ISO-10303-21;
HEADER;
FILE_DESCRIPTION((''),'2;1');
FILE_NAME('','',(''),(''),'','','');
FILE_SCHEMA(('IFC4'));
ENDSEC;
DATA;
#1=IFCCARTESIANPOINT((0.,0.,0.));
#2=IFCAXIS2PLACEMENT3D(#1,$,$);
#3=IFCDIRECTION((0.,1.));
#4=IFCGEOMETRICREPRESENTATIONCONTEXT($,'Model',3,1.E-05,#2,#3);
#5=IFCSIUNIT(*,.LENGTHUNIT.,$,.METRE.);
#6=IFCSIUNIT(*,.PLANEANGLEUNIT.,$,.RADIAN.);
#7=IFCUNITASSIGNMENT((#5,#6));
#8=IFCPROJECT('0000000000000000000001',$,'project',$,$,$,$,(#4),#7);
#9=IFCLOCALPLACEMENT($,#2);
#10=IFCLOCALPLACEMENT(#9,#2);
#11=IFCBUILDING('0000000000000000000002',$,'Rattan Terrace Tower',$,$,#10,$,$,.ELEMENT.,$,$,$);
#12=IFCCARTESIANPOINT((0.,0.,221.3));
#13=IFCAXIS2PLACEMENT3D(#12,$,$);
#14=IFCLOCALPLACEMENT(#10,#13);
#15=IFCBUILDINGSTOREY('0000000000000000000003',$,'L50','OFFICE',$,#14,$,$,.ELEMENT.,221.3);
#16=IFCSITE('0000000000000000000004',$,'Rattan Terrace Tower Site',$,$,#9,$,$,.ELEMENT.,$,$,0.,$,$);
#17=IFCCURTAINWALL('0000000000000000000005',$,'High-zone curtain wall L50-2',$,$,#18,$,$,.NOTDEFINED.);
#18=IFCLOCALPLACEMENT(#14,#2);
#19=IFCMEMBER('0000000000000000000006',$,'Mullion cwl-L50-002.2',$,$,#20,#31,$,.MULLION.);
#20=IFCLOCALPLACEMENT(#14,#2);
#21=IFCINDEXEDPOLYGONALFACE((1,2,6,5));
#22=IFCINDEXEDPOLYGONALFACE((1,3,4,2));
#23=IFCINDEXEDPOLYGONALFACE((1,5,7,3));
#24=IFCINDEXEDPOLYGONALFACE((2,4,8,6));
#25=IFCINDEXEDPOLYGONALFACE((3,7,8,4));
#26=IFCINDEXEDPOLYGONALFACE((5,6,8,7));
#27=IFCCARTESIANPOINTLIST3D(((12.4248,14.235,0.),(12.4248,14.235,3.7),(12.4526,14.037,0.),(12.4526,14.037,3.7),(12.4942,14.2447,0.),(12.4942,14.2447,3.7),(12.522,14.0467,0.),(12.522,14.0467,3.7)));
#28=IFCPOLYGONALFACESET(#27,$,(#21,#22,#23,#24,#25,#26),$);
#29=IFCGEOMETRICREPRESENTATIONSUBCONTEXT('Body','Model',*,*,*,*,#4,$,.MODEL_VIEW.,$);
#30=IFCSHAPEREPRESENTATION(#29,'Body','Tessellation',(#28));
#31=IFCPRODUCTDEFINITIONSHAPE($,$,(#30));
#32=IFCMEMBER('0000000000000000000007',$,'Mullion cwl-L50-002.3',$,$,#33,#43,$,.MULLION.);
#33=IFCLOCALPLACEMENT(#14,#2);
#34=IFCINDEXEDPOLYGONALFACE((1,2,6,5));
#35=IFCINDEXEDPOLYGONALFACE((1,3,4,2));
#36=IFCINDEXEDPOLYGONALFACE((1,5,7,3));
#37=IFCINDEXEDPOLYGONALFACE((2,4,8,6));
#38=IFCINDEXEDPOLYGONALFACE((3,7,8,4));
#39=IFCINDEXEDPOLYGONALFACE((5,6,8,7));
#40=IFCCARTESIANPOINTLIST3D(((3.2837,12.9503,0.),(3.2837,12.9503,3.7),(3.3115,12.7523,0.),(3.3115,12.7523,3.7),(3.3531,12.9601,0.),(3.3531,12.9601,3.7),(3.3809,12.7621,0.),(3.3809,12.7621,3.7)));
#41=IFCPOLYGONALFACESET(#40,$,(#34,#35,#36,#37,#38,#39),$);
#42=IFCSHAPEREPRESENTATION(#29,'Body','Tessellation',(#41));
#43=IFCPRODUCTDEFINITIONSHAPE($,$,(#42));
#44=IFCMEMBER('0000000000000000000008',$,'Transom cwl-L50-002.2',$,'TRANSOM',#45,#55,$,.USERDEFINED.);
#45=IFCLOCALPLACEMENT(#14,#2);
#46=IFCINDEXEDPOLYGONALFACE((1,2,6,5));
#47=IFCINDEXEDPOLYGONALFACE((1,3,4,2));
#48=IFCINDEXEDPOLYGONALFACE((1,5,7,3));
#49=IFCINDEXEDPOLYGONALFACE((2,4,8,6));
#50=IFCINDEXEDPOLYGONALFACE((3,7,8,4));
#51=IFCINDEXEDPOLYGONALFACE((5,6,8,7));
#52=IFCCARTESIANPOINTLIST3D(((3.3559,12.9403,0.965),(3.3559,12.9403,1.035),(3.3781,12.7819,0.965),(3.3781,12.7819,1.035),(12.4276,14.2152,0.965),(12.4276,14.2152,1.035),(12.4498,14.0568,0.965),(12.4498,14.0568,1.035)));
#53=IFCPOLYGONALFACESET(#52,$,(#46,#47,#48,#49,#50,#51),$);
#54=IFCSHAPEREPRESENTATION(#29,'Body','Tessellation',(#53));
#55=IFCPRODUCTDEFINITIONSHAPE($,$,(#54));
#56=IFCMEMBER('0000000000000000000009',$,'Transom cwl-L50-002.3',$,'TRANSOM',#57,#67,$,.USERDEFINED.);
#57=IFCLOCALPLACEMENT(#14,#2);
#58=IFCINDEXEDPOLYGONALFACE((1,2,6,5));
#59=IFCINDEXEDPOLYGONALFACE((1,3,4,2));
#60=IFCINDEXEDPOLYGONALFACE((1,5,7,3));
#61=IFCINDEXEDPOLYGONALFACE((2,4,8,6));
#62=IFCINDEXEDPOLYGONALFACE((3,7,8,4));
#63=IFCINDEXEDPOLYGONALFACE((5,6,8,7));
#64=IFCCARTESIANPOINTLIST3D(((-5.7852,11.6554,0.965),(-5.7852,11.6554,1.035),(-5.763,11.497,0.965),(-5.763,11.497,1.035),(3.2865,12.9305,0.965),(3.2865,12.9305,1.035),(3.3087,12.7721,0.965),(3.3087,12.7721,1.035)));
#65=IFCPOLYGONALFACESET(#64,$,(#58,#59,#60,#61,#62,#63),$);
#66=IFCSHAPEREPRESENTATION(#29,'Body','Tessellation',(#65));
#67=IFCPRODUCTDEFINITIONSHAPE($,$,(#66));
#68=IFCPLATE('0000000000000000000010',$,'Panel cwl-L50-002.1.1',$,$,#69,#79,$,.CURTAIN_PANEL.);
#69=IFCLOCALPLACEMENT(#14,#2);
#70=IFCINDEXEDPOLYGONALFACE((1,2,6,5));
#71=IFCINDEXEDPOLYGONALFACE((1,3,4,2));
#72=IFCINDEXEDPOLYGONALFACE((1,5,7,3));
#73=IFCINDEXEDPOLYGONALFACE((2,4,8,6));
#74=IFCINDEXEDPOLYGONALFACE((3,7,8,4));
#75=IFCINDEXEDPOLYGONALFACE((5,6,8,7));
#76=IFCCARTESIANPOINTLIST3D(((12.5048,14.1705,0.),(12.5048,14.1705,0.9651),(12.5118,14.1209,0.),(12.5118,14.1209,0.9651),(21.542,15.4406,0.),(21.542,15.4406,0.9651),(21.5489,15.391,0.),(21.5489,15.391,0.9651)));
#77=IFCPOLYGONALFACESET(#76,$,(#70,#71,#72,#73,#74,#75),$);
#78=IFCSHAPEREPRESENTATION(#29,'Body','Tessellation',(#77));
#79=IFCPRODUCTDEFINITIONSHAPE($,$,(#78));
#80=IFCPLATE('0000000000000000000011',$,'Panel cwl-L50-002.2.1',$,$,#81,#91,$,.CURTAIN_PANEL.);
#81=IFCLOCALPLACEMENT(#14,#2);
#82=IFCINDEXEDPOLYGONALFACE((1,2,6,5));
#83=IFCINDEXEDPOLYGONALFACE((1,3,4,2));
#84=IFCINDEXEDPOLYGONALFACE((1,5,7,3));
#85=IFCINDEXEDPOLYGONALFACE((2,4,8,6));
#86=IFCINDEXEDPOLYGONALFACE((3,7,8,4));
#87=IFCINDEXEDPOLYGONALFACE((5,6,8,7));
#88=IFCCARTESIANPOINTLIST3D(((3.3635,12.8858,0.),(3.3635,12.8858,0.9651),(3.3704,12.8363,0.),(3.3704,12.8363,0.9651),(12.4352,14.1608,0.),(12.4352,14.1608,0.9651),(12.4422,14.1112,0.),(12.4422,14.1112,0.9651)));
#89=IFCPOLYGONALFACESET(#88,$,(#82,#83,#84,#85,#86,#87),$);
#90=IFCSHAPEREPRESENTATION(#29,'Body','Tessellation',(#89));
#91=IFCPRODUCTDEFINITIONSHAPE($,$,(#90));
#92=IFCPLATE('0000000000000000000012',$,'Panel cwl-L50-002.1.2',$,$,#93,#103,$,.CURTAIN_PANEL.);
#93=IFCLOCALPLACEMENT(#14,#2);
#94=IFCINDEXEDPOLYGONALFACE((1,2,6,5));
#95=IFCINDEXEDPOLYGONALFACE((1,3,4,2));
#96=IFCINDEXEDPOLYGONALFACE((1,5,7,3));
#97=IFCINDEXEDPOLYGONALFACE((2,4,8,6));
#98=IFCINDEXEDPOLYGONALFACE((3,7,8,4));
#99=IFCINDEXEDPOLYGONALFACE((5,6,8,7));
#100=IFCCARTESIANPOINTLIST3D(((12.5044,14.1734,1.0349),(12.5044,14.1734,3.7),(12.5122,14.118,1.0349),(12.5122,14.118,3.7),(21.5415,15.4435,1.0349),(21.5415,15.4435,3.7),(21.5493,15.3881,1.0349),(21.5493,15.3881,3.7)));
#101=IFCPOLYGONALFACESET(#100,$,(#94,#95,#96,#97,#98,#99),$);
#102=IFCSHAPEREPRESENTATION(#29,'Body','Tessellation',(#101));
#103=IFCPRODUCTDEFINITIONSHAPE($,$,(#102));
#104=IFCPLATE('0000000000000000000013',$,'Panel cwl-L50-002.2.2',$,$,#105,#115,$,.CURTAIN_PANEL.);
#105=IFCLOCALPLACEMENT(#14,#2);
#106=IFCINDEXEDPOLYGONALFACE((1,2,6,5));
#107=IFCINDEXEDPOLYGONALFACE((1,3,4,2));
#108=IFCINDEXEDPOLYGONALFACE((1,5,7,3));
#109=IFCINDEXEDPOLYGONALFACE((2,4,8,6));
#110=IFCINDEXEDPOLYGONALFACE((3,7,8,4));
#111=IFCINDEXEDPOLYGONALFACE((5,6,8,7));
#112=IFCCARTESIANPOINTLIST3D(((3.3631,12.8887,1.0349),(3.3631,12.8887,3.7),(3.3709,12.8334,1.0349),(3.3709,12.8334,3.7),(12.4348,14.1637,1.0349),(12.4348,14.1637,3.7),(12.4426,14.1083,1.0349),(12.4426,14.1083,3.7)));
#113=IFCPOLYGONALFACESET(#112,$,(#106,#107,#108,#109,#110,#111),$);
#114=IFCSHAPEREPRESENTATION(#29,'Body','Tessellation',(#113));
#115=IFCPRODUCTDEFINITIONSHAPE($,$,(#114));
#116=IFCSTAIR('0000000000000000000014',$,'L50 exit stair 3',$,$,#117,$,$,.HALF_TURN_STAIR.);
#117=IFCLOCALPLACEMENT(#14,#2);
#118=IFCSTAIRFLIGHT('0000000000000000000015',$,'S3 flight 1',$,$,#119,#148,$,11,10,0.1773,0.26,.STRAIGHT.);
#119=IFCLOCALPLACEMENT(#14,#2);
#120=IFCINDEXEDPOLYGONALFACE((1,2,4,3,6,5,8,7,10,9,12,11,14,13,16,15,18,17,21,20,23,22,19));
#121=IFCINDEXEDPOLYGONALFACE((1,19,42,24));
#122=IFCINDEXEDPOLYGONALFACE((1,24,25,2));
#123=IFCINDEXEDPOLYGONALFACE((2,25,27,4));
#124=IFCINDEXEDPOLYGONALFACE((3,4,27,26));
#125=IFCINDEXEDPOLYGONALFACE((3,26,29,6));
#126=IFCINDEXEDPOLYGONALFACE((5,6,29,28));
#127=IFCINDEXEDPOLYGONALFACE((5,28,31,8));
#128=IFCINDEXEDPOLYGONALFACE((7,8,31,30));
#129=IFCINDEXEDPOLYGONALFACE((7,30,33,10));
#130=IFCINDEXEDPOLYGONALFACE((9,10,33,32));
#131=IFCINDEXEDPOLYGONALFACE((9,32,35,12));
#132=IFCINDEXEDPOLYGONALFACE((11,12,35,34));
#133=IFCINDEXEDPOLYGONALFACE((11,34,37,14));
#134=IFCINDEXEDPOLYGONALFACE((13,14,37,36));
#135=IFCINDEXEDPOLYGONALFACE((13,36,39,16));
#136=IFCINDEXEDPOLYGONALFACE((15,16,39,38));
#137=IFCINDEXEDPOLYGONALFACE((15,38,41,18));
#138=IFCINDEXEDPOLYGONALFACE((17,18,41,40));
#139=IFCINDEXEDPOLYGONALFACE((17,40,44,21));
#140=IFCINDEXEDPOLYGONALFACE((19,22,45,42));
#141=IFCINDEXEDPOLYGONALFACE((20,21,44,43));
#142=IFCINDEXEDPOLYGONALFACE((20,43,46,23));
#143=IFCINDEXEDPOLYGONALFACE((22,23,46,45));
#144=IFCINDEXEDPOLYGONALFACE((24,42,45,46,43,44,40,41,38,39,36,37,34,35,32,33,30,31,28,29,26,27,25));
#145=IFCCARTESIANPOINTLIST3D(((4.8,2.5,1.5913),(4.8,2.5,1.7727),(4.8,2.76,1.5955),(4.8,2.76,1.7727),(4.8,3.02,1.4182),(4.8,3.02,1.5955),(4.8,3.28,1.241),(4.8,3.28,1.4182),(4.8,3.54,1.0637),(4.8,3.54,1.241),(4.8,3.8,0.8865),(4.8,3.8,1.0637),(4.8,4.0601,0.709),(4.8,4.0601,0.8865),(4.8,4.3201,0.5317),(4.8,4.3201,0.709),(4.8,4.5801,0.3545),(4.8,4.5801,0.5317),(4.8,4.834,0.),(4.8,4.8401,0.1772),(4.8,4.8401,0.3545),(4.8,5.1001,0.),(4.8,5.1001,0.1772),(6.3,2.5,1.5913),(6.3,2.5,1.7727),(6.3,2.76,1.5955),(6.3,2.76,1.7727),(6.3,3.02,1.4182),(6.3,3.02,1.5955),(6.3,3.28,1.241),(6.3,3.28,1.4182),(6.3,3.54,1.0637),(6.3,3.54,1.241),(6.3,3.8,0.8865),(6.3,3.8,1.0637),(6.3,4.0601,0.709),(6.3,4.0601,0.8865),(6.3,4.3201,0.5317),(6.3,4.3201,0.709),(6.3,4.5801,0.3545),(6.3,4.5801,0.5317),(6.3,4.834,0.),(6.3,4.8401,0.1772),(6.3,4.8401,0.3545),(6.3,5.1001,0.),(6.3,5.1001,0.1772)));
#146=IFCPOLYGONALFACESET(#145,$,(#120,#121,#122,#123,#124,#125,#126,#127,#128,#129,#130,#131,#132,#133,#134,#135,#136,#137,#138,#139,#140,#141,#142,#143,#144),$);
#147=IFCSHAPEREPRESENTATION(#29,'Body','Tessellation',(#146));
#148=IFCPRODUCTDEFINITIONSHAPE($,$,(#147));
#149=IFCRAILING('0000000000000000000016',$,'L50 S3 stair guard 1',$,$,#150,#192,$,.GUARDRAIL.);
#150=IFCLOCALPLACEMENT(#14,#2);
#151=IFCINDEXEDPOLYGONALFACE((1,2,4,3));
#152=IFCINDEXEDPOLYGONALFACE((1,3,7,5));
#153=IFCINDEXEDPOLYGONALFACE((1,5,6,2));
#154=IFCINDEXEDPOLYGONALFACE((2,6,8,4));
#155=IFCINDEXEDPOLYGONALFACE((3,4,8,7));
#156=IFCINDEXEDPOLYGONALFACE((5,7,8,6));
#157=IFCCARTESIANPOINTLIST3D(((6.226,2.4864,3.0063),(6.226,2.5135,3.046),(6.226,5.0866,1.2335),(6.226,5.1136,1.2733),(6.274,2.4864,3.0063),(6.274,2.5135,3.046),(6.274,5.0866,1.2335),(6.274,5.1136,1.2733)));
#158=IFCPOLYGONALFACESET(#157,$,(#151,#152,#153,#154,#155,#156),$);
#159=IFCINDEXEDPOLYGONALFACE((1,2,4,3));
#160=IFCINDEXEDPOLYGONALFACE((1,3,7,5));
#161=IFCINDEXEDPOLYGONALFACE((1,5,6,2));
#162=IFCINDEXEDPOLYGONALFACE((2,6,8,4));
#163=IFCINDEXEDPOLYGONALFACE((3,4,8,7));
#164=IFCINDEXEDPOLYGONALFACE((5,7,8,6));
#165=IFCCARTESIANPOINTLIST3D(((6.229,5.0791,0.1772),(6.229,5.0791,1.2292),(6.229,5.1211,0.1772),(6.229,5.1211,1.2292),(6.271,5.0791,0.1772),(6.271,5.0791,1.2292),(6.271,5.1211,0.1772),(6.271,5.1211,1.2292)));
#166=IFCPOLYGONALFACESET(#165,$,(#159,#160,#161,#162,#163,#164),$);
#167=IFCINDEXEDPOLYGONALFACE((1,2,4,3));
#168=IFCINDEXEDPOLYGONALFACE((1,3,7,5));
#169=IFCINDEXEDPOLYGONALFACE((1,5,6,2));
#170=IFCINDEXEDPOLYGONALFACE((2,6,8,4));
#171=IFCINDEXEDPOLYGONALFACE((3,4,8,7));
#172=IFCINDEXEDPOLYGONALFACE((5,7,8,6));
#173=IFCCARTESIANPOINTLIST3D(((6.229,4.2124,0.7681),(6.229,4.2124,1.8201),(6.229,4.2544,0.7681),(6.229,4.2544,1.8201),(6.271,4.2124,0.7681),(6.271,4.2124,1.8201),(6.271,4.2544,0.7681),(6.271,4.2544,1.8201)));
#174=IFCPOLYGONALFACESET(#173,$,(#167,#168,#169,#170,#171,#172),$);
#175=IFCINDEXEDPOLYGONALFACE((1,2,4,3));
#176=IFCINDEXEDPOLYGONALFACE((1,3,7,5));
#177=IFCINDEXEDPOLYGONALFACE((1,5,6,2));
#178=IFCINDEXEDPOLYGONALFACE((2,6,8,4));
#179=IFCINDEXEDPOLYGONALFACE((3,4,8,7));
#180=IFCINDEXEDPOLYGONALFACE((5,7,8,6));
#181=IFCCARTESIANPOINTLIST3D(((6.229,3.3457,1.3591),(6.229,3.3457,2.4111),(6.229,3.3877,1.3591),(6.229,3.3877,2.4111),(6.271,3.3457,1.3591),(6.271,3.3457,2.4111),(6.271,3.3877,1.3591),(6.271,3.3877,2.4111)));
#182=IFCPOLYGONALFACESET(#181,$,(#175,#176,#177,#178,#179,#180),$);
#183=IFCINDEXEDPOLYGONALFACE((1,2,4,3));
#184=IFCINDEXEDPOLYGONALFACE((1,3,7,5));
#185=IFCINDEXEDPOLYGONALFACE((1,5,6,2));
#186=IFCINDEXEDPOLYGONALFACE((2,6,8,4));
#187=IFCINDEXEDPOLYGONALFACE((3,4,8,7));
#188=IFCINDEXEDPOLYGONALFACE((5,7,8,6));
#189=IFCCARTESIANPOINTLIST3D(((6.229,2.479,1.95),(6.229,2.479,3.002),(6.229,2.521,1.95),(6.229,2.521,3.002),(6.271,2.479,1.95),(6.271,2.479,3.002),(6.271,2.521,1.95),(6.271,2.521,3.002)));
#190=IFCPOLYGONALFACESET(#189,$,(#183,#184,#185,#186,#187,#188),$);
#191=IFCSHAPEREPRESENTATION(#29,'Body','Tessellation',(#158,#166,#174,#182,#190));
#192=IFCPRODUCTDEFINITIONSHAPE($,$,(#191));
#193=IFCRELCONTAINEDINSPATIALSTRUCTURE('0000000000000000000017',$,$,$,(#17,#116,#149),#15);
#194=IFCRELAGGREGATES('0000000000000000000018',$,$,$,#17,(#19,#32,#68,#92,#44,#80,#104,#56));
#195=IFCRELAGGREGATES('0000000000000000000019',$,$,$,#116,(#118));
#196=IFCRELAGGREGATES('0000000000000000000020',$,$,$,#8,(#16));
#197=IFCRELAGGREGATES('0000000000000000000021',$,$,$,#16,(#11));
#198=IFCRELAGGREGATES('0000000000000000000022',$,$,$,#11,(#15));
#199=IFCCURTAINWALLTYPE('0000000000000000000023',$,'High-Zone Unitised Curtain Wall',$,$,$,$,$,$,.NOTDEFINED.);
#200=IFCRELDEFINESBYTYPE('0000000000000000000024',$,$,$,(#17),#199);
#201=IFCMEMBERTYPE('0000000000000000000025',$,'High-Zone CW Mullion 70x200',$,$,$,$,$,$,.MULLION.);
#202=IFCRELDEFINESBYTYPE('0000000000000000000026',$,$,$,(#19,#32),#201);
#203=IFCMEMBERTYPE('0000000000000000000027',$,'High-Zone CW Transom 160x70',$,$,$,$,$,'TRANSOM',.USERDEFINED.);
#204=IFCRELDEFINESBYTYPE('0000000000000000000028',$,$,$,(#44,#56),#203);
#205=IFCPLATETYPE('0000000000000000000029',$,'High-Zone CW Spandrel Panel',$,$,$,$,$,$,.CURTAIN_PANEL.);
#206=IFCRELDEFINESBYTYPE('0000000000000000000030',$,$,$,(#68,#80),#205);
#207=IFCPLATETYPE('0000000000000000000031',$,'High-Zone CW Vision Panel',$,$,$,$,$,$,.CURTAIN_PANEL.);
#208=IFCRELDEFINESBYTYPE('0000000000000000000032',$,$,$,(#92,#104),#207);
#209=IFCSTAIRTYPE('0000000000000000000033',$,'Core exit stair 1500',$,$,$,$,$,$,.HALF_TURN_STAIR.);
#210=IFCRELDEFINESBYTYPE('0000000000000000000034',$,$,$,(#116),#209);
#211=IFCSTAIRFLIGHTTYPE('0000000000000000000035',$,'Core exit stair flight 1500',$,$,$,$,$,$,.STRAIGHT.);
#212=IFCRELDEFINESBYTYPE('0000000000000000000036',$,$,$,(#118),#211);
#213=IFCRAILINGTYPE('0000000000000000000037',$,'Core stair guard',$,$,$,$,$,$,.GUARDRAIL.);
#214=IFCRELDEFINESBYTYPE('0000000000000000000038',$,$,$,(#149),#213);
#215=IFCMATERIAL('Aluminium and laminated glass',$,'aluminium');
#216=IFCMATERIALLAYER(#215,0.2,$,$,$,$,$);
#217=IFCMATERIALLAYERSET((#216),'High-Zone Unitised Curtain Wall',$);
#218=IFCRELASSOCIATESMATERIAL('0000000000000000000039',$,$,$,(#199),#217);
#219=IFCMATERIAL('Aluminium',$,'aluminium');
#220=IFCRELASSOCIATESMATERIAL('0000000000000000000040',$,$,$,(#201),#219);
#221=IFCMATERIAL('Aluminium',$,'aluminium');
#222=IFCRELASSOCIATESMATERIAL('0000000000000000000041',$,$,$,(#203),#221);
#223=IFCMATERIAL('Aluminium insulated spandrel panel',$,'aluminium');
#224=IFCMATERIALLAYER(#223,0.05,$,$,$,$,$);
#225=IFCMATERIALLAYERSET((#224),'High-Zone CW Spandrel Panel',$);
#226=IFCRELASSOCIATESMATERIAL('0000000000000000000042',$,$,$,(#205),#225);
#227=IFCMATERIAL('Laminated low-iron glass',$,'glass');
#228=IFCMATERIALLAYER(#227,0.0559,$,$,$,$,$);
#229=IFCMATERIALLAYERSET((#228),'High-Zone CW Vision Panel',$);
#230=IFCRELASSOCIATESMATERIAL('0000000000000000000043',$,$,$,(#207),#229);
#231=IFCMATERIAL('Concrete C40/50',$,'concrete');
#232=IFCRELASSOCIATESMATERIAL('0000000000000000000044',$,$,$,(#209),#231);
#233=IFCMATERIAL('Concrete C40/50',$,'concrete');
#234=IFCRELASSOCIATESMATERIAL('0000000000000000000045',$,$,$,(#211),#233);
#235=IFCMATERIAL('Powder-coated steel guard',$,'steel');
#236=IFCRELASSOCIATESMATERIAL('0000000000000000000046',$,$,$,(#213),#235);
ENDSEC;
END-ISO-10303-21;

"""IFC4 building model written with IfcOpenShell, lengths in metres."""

from ifc_helpers import new_model, si_unit, direction, frame, origin, origin_2d, place, context, subcontext, project, spatial, polyline, rectangle, outline, extrude, material, layer, layer_set, material_profile, profile_set, type_object, element, aggregate, save


model = new_model("IFC4")

# Units and contexts
model_context = context("Model", 3, precision=1e-05, world=origin(), true_north=direction((0.0, 1.0)))
body_context = subcontext(model_context, "Body", "Model", "MODEL_VIEW")
ifc_project = project(units=[si_unit("LENGTHUNIT", "METRE"), si_unit("PLANEANGLEUNIT", "RADIAN")], contexts=[model_context])

# Site, building, storey
site_placement = place(None, origin())
site = spatial("IfcSite", under=ifc_project, at=site_placement, Name="Rattan Terrace Tower Site", CompositionType="ELEMENT", RefElevation=0.0)
building_placement = place(site_placement, origin())
building = spatial("IfcBuilding", under=site, at=building_placement, Name="Rattan Terrace Tower", CompositionType="ELEMENT")
storey_placement = place(building_placement, frame((0.0, 0.0, 221.3)))
storey = spatial("IfcBuildingStorey", under=building, at=storey_placement, Name="L50", Description="OFFICE", CompositionType="ELEMENT", Elevation=221.3)

# Curtain wall, members, plates
ifc_material_1 = material(Name="Aluminium and laminated glass", Category="aluminium")
ifc_layer_1 = layer(ifc_material_1, 0.2)
ifc_layer_set_1 = layer_set([ifc_layer_1], Name="High-Zone Unitised Curtain Wall")
curtain_wall_type = type_object("IfcCurtainWallType", Name="High-Zone Unitised Curtain Wall", PredefinedType="NOTDEFINED", material=ifc_layer_set_1)
curtain_wall_placement = place(storey_placement, origin())
curtain_wall = element("IfcCurtainWall", 1, at=curtain_wall_placement, inside=storey, type_object=curtain_wall_type, Name="High-zone curtain wall L50-2", PredefinedType="NOTDEFINED")
ifc_material_2 = material(Name="Aluminium", Category="aluminium")
ifc_material_profile_1 = material_profile(ifc_material_2, rectangle(XDim=0.0701, YDim=0.2, at=origin_2d()), Name="Aluminium 70x200")
ifc_profile_set_1 = profile_set([ifc_material_profile_1], Name="Aluminium")
member_type_1 = type_object("IfcMemberType", Name="High-Zone CW Mullion 70x200", PredefinedType="MULLION", material=ifc_profile_set_1)
member_1_placement = place(storey_placement, frame((12.4734, 14.1409, 0.0), z_axis=(0.0, 0.0, 1.0), x_axis=(-0.990267, -0.139177, 0.0)))
member_1 = element("IfcMember", 2, at=member_1_placement, type_object=member_type_1, Name="Mullion cwl-L50-002.2", PredefinedType="MULLION", context=body_context, shape_type="SweptSolid", body=[
    extrude(rectangle(XDim=0.0701, YDim=0.2, at=origin_2d()), origin(), (0.0, 0.0, 1.0), 3.7),
])
member_2_placement = place(storey_placement, frame((3.3323, 12.8562, 0.0), z_axis=(0.0, 0.0, 1.0), x_axis=(-0.990267, -0.139177, 0.0)))
member_2 = element("IfcMember", 3, at=member_2_placement, type_object=member_type_1, Name="Mullion cwl-L50-002.3", PredefinedType="MULLION", context=body_context, shape_type="SweptSolid", body=[
    extrude(rectangle(XDim=0.0701, YDim=0.2, at=origin_2d()), origin(), (0.0, 0.0, 1.0), 3.7),
])
ifc_material_3 = material(Name="Aluminium", Category="aluminium")
ifc_material_profile_2 = material_profile(ifc_material_3, rectangle(XDim=0.1599, YDim=0.0701, at=origin_2d()), Name="Aluminium 160x70")
ifc_profile_set_2 = profile_set([ifc_material_profile_2], Name="Aluminium")
member_type_2 = type_object("IfcMemberType", Name="High-Zone CW Transom 160x70", ElementType="TRANSOM", PredefinedType="USERDEFINED", material=ifc_profile_set_2)
member_3_placement = place(storey_placement, frame((12.4387, 14.136, 1.0), z_axis=(-0.990269, -0.139167, 0.0), x_axis=(0.139167, -0.990269, 0.0)))
member_3 = element("IfcMember", 4, at=member_3_placement, type_object=member_type_2, Name="Transom cwl-L50-002.2", ObjectType="TRANSOM", PredefinedType="USERDEFINED", context=body_context, shape_type="SweptSolid", body=[
    extrude(rectangle(XDim=0.1599, YDim=0.0701, at=origin_2d()), origin(), (0.0, 0.0, 1.0), 9.1609),
])
member_4_placement = place(storey_placement, frame((3.2976, 12.8513, 1.0), z_axis=(-0.990265, -0.139194, 0.0), x_axis=(0.139194, -0.990265, 0.0)))
member_4 = element("IfcMember", 5, at=member_4_placement, type_object=member_type_2, Name="Transom cwl-L50-002.3", ObjectType="TRANSOM", PredefinedType="USERDEFINED", context=body_context, shape_type="SweptSolid", body=[
    extrude(rectangle(XDim=0.1599, YDim=0.0701, at=origin_2d()), origin(), (0.0, 0.0, 1.0), 9.1609),
])
ifc_material_4 = material(Name="Aluminium insulated spandrel panel", Category="aluminium")
ifc_layer_2 = layer(ifc_material_4, 0.05)
ifc_layer_set_2 = layer_set([ifc_layer_2], Name="High-Zone CW Spandrel Panel")
plate_type_1 = type_object("IfcPlateType", Name="High-Zone CW Spandrel Panel", PredefinedType="CURTAIN_PANEL", material=ifc_layer_set_2)
plate_1_placement = place(storey_placement, frame((17.0269, 14.7808, 0.0), z_axis=(0.0, 0.0, 1.0), x_axis=(-0.990267, -0.139177, 0.0)))
plate_1 = element("IfcPlate", 6, at=plate_1_placement, type_object=plate_type_1, Name="Panel cwl-L50-002.1.1", PredefinedType="CURTAIN_PANEL", context=body_context, shape_type="SweptSolid", body=[
    extrude(rectangle(XDim=9.126, YDim=0.05, at=origin_2d()), origin(), (0.0, 0.0, 1.0), 0.9651),
])
plate_2_placement = place(storey_placement, frame((7.9028, 13.4985, 0.0), z_axis=(0.0, 0.0, 1.0), x_axis=(-0.990267, -0.139177, 0.0)))
plate_2 = element("IfcPlate", 7, at=plate_2_placement, type_object=plate_type_1, Name="Panel cwl-L50-002.2.1", PredefinedType="CURTAIN_PANEL", context=body_context, shape_type="SweptSolid", body=[
    extrude(rectangle(XDim=9.1609, YDim=0.05, at=origin_2d()), origin(), (0.0, 0.0, 1.0), 0.9651),
])
ifc_material_5 = material(Name="Laminated low-iron glass", Category="glass")
ifc_layer_3 = layer(ifc_material_5, 0.0559)
ifc_layer_set_3 = layer_set([ifc_layer_3], Name="High-Zone CW Vision Panel")
plate_type_2 = type_object("IfcPlateType", Name="High-Zone CW Vision Panel", PredefinedType="CURTAIN_PANEL", material=ifc_layer_set_3)
plate_3_placement = place(storey_placement, frame((17.0269, 14.7808, 1.0349), z_axis=(0.0, 0.0, 1.0), x_axis=(-0.990267, -0.139177, 0.0)))
plate_3 = element("IfcPlate", 8, at=plate_3_placement, type_object=plate_type_2, Name="Panel cwl-L50-002.1.2", PredefinedType="CURTAIN_PANEL", context=body_context, shape_type="SweptSolid", body=[
    extrude(rectangle(XDim=9.126, YDim=0.0559, at=origin_2d()), origin(), (0.0, 0.0, 1.0), 2.665),
])
plate_4_placement = place(storey_placement, frame((7.9028, 13.4985, 1.0349), z_axis=(0.0, 0.0, 1.0), x_axis=(-0.990267, -0.139177, 0.0)))
plate_4 = element("IfcPlate", 9, at=plate_4_placement, type_object=plate_type_2, Name="Panel cwl-L50-002.2.2", PredefinedType="CURTAIN_PANEL", context=body_context, shape_type="SweptSolid", body=[
    extrude(rectangle(XDim=9.1609, YDim=0.0559, at=origin_2d()), origin(), (0.0, 0.0, 1.0), 2.665),
])
aggregate(curtain_wall, [member_1, member_2, plate_1, plate_3, member_3, plate_2, plate_4, member_4])

# Stair, stair flight
ifc_material_6 = material(Name="Concrete C40/50", Category="concrete")
stair_type = type_object("IfcStairType", Name="Core exit stair 1500", PredefinedType="HALF_TURN_STAIR", material=ifc_material_6)
stair_placement = place(storey_placement, origin())
stair = element("IfcStair", 10, at=stair_placement, inside=storey, type_object=stair_type, Name="L50 exit stair 3", PredefinedType="HALF_TURN_STAIR")
ifc_material_7 = material(Name="Concrete C40/50", Category="concrete")
stair_flight_type = type_object("IfcStairFlightType", Name="Core exit stair flight 1500", PredefinedType="STRAIGHT", material=ifc_material_7)
stair_flight_placement = place(storey_placement, frame((5.55, 5.1001, 0.0), z_axis=(0.0, 0.0, 1.0), x_axis=(0.0, -1.0, 0.0)))
stair_flight = element("IfcStairFlight", 11, at=stair_flight_placement, type_object=stair_flight_type, Name="S3 flight 1", NumberOfRisers=11, NumberOfTreads=10, PredefinedType="STRAIGHT", RiserHeight=0.1773, TreadLength=0.26, context=body_context, shape_type="SweptSolid", body=[
    extrude(outline(polyline([(0.0, 0.0), (0.0, 0.1772), (0.26, 0.1772), (0.26, 0.3545), (0.52, 0.3545), (0.52, 0.5317), (0.78, 0.5317), (0.78, 0.709), (1.04, 0.709), (1.04, 0.8865), (1.3, 0.8865), (1.3, 1.0637), (1.5601, 1.0637), (1.5601, 1.241), (1.8201, 1.241), (1.8201, 1.4182), (2.0801, 1.4182), (2.0801, 1.5955), (2.3401, 1.5955), (2.3401, 1.7727), (2.6001, 1.7727), (2.6001, 1.95), (2.6001, 1.5913), (0.2661, 0.0), (0.0, 0.0)])), frame((0.0, 0.75, 0.0), z_axis=(0.0, -1.0, 0.0), x_axis=(1.0, 0.0, 0.0)), (0.0, 0.0, 1.0), 1.5),
])
aggregate(stair, [stair_flight])

# Railing
ifc_material_8 = material(Name="Powder-coated steel guard", Category="steel")
railing_type_1 = type_object("IfcRailingType", Name="Core stair guard", PredefinedType="GUARDRAIL", material=ifc_material_8)
railing_1_placement = place(storey_placement, frame((6.25, 5.1001, 0.1772)))
element("IfcRailing", 12, at=railing_1_placement, inside=storey, type_object=railing_type_1, Name="L50 S3 stair guard 1", PredefinedType="GUARDRAIL", context=body_context, shape_type="SweptSolid", body=[
    extrude(rectangle(XDim=0.0481, YDim=0.0481, at=origin_2d()), frame((0.0, 0.0, 1.0762), z_axis=(0.0, -0.82624, 0.563318), x_axis=(1.0, 0.0, 0.0)), (0.0, 0.0, 1.0), 3.147),
    extrude(rectangle(XDim=0.042, YDim=0.042, at=origin_2d()), origin(), (0.0, 0.0, 1.0), 1.052),
    extrude(rectangle(XDim=0.042, YDim=0.042, at=origin_2d()), frame((0.0, -0.8667, 0.5908)), (0.0, 0.0, 1.0), 1.052),
    extrude(rectangle(XDim=0.042, YDim=0.042, at=origin_2d()), frame((0.0, -1.7334, 1.1819)), (0.0, 0.0, 1.0), 1.052),
    extrude(rectangle(XDim=0.042, YDim=0.042, at=origin_2d()), frame((0.0, -2.6001, 1.7727)), (0.0, 0.0, 1.0), 1.052),
])

save(model, "model.ifc")
